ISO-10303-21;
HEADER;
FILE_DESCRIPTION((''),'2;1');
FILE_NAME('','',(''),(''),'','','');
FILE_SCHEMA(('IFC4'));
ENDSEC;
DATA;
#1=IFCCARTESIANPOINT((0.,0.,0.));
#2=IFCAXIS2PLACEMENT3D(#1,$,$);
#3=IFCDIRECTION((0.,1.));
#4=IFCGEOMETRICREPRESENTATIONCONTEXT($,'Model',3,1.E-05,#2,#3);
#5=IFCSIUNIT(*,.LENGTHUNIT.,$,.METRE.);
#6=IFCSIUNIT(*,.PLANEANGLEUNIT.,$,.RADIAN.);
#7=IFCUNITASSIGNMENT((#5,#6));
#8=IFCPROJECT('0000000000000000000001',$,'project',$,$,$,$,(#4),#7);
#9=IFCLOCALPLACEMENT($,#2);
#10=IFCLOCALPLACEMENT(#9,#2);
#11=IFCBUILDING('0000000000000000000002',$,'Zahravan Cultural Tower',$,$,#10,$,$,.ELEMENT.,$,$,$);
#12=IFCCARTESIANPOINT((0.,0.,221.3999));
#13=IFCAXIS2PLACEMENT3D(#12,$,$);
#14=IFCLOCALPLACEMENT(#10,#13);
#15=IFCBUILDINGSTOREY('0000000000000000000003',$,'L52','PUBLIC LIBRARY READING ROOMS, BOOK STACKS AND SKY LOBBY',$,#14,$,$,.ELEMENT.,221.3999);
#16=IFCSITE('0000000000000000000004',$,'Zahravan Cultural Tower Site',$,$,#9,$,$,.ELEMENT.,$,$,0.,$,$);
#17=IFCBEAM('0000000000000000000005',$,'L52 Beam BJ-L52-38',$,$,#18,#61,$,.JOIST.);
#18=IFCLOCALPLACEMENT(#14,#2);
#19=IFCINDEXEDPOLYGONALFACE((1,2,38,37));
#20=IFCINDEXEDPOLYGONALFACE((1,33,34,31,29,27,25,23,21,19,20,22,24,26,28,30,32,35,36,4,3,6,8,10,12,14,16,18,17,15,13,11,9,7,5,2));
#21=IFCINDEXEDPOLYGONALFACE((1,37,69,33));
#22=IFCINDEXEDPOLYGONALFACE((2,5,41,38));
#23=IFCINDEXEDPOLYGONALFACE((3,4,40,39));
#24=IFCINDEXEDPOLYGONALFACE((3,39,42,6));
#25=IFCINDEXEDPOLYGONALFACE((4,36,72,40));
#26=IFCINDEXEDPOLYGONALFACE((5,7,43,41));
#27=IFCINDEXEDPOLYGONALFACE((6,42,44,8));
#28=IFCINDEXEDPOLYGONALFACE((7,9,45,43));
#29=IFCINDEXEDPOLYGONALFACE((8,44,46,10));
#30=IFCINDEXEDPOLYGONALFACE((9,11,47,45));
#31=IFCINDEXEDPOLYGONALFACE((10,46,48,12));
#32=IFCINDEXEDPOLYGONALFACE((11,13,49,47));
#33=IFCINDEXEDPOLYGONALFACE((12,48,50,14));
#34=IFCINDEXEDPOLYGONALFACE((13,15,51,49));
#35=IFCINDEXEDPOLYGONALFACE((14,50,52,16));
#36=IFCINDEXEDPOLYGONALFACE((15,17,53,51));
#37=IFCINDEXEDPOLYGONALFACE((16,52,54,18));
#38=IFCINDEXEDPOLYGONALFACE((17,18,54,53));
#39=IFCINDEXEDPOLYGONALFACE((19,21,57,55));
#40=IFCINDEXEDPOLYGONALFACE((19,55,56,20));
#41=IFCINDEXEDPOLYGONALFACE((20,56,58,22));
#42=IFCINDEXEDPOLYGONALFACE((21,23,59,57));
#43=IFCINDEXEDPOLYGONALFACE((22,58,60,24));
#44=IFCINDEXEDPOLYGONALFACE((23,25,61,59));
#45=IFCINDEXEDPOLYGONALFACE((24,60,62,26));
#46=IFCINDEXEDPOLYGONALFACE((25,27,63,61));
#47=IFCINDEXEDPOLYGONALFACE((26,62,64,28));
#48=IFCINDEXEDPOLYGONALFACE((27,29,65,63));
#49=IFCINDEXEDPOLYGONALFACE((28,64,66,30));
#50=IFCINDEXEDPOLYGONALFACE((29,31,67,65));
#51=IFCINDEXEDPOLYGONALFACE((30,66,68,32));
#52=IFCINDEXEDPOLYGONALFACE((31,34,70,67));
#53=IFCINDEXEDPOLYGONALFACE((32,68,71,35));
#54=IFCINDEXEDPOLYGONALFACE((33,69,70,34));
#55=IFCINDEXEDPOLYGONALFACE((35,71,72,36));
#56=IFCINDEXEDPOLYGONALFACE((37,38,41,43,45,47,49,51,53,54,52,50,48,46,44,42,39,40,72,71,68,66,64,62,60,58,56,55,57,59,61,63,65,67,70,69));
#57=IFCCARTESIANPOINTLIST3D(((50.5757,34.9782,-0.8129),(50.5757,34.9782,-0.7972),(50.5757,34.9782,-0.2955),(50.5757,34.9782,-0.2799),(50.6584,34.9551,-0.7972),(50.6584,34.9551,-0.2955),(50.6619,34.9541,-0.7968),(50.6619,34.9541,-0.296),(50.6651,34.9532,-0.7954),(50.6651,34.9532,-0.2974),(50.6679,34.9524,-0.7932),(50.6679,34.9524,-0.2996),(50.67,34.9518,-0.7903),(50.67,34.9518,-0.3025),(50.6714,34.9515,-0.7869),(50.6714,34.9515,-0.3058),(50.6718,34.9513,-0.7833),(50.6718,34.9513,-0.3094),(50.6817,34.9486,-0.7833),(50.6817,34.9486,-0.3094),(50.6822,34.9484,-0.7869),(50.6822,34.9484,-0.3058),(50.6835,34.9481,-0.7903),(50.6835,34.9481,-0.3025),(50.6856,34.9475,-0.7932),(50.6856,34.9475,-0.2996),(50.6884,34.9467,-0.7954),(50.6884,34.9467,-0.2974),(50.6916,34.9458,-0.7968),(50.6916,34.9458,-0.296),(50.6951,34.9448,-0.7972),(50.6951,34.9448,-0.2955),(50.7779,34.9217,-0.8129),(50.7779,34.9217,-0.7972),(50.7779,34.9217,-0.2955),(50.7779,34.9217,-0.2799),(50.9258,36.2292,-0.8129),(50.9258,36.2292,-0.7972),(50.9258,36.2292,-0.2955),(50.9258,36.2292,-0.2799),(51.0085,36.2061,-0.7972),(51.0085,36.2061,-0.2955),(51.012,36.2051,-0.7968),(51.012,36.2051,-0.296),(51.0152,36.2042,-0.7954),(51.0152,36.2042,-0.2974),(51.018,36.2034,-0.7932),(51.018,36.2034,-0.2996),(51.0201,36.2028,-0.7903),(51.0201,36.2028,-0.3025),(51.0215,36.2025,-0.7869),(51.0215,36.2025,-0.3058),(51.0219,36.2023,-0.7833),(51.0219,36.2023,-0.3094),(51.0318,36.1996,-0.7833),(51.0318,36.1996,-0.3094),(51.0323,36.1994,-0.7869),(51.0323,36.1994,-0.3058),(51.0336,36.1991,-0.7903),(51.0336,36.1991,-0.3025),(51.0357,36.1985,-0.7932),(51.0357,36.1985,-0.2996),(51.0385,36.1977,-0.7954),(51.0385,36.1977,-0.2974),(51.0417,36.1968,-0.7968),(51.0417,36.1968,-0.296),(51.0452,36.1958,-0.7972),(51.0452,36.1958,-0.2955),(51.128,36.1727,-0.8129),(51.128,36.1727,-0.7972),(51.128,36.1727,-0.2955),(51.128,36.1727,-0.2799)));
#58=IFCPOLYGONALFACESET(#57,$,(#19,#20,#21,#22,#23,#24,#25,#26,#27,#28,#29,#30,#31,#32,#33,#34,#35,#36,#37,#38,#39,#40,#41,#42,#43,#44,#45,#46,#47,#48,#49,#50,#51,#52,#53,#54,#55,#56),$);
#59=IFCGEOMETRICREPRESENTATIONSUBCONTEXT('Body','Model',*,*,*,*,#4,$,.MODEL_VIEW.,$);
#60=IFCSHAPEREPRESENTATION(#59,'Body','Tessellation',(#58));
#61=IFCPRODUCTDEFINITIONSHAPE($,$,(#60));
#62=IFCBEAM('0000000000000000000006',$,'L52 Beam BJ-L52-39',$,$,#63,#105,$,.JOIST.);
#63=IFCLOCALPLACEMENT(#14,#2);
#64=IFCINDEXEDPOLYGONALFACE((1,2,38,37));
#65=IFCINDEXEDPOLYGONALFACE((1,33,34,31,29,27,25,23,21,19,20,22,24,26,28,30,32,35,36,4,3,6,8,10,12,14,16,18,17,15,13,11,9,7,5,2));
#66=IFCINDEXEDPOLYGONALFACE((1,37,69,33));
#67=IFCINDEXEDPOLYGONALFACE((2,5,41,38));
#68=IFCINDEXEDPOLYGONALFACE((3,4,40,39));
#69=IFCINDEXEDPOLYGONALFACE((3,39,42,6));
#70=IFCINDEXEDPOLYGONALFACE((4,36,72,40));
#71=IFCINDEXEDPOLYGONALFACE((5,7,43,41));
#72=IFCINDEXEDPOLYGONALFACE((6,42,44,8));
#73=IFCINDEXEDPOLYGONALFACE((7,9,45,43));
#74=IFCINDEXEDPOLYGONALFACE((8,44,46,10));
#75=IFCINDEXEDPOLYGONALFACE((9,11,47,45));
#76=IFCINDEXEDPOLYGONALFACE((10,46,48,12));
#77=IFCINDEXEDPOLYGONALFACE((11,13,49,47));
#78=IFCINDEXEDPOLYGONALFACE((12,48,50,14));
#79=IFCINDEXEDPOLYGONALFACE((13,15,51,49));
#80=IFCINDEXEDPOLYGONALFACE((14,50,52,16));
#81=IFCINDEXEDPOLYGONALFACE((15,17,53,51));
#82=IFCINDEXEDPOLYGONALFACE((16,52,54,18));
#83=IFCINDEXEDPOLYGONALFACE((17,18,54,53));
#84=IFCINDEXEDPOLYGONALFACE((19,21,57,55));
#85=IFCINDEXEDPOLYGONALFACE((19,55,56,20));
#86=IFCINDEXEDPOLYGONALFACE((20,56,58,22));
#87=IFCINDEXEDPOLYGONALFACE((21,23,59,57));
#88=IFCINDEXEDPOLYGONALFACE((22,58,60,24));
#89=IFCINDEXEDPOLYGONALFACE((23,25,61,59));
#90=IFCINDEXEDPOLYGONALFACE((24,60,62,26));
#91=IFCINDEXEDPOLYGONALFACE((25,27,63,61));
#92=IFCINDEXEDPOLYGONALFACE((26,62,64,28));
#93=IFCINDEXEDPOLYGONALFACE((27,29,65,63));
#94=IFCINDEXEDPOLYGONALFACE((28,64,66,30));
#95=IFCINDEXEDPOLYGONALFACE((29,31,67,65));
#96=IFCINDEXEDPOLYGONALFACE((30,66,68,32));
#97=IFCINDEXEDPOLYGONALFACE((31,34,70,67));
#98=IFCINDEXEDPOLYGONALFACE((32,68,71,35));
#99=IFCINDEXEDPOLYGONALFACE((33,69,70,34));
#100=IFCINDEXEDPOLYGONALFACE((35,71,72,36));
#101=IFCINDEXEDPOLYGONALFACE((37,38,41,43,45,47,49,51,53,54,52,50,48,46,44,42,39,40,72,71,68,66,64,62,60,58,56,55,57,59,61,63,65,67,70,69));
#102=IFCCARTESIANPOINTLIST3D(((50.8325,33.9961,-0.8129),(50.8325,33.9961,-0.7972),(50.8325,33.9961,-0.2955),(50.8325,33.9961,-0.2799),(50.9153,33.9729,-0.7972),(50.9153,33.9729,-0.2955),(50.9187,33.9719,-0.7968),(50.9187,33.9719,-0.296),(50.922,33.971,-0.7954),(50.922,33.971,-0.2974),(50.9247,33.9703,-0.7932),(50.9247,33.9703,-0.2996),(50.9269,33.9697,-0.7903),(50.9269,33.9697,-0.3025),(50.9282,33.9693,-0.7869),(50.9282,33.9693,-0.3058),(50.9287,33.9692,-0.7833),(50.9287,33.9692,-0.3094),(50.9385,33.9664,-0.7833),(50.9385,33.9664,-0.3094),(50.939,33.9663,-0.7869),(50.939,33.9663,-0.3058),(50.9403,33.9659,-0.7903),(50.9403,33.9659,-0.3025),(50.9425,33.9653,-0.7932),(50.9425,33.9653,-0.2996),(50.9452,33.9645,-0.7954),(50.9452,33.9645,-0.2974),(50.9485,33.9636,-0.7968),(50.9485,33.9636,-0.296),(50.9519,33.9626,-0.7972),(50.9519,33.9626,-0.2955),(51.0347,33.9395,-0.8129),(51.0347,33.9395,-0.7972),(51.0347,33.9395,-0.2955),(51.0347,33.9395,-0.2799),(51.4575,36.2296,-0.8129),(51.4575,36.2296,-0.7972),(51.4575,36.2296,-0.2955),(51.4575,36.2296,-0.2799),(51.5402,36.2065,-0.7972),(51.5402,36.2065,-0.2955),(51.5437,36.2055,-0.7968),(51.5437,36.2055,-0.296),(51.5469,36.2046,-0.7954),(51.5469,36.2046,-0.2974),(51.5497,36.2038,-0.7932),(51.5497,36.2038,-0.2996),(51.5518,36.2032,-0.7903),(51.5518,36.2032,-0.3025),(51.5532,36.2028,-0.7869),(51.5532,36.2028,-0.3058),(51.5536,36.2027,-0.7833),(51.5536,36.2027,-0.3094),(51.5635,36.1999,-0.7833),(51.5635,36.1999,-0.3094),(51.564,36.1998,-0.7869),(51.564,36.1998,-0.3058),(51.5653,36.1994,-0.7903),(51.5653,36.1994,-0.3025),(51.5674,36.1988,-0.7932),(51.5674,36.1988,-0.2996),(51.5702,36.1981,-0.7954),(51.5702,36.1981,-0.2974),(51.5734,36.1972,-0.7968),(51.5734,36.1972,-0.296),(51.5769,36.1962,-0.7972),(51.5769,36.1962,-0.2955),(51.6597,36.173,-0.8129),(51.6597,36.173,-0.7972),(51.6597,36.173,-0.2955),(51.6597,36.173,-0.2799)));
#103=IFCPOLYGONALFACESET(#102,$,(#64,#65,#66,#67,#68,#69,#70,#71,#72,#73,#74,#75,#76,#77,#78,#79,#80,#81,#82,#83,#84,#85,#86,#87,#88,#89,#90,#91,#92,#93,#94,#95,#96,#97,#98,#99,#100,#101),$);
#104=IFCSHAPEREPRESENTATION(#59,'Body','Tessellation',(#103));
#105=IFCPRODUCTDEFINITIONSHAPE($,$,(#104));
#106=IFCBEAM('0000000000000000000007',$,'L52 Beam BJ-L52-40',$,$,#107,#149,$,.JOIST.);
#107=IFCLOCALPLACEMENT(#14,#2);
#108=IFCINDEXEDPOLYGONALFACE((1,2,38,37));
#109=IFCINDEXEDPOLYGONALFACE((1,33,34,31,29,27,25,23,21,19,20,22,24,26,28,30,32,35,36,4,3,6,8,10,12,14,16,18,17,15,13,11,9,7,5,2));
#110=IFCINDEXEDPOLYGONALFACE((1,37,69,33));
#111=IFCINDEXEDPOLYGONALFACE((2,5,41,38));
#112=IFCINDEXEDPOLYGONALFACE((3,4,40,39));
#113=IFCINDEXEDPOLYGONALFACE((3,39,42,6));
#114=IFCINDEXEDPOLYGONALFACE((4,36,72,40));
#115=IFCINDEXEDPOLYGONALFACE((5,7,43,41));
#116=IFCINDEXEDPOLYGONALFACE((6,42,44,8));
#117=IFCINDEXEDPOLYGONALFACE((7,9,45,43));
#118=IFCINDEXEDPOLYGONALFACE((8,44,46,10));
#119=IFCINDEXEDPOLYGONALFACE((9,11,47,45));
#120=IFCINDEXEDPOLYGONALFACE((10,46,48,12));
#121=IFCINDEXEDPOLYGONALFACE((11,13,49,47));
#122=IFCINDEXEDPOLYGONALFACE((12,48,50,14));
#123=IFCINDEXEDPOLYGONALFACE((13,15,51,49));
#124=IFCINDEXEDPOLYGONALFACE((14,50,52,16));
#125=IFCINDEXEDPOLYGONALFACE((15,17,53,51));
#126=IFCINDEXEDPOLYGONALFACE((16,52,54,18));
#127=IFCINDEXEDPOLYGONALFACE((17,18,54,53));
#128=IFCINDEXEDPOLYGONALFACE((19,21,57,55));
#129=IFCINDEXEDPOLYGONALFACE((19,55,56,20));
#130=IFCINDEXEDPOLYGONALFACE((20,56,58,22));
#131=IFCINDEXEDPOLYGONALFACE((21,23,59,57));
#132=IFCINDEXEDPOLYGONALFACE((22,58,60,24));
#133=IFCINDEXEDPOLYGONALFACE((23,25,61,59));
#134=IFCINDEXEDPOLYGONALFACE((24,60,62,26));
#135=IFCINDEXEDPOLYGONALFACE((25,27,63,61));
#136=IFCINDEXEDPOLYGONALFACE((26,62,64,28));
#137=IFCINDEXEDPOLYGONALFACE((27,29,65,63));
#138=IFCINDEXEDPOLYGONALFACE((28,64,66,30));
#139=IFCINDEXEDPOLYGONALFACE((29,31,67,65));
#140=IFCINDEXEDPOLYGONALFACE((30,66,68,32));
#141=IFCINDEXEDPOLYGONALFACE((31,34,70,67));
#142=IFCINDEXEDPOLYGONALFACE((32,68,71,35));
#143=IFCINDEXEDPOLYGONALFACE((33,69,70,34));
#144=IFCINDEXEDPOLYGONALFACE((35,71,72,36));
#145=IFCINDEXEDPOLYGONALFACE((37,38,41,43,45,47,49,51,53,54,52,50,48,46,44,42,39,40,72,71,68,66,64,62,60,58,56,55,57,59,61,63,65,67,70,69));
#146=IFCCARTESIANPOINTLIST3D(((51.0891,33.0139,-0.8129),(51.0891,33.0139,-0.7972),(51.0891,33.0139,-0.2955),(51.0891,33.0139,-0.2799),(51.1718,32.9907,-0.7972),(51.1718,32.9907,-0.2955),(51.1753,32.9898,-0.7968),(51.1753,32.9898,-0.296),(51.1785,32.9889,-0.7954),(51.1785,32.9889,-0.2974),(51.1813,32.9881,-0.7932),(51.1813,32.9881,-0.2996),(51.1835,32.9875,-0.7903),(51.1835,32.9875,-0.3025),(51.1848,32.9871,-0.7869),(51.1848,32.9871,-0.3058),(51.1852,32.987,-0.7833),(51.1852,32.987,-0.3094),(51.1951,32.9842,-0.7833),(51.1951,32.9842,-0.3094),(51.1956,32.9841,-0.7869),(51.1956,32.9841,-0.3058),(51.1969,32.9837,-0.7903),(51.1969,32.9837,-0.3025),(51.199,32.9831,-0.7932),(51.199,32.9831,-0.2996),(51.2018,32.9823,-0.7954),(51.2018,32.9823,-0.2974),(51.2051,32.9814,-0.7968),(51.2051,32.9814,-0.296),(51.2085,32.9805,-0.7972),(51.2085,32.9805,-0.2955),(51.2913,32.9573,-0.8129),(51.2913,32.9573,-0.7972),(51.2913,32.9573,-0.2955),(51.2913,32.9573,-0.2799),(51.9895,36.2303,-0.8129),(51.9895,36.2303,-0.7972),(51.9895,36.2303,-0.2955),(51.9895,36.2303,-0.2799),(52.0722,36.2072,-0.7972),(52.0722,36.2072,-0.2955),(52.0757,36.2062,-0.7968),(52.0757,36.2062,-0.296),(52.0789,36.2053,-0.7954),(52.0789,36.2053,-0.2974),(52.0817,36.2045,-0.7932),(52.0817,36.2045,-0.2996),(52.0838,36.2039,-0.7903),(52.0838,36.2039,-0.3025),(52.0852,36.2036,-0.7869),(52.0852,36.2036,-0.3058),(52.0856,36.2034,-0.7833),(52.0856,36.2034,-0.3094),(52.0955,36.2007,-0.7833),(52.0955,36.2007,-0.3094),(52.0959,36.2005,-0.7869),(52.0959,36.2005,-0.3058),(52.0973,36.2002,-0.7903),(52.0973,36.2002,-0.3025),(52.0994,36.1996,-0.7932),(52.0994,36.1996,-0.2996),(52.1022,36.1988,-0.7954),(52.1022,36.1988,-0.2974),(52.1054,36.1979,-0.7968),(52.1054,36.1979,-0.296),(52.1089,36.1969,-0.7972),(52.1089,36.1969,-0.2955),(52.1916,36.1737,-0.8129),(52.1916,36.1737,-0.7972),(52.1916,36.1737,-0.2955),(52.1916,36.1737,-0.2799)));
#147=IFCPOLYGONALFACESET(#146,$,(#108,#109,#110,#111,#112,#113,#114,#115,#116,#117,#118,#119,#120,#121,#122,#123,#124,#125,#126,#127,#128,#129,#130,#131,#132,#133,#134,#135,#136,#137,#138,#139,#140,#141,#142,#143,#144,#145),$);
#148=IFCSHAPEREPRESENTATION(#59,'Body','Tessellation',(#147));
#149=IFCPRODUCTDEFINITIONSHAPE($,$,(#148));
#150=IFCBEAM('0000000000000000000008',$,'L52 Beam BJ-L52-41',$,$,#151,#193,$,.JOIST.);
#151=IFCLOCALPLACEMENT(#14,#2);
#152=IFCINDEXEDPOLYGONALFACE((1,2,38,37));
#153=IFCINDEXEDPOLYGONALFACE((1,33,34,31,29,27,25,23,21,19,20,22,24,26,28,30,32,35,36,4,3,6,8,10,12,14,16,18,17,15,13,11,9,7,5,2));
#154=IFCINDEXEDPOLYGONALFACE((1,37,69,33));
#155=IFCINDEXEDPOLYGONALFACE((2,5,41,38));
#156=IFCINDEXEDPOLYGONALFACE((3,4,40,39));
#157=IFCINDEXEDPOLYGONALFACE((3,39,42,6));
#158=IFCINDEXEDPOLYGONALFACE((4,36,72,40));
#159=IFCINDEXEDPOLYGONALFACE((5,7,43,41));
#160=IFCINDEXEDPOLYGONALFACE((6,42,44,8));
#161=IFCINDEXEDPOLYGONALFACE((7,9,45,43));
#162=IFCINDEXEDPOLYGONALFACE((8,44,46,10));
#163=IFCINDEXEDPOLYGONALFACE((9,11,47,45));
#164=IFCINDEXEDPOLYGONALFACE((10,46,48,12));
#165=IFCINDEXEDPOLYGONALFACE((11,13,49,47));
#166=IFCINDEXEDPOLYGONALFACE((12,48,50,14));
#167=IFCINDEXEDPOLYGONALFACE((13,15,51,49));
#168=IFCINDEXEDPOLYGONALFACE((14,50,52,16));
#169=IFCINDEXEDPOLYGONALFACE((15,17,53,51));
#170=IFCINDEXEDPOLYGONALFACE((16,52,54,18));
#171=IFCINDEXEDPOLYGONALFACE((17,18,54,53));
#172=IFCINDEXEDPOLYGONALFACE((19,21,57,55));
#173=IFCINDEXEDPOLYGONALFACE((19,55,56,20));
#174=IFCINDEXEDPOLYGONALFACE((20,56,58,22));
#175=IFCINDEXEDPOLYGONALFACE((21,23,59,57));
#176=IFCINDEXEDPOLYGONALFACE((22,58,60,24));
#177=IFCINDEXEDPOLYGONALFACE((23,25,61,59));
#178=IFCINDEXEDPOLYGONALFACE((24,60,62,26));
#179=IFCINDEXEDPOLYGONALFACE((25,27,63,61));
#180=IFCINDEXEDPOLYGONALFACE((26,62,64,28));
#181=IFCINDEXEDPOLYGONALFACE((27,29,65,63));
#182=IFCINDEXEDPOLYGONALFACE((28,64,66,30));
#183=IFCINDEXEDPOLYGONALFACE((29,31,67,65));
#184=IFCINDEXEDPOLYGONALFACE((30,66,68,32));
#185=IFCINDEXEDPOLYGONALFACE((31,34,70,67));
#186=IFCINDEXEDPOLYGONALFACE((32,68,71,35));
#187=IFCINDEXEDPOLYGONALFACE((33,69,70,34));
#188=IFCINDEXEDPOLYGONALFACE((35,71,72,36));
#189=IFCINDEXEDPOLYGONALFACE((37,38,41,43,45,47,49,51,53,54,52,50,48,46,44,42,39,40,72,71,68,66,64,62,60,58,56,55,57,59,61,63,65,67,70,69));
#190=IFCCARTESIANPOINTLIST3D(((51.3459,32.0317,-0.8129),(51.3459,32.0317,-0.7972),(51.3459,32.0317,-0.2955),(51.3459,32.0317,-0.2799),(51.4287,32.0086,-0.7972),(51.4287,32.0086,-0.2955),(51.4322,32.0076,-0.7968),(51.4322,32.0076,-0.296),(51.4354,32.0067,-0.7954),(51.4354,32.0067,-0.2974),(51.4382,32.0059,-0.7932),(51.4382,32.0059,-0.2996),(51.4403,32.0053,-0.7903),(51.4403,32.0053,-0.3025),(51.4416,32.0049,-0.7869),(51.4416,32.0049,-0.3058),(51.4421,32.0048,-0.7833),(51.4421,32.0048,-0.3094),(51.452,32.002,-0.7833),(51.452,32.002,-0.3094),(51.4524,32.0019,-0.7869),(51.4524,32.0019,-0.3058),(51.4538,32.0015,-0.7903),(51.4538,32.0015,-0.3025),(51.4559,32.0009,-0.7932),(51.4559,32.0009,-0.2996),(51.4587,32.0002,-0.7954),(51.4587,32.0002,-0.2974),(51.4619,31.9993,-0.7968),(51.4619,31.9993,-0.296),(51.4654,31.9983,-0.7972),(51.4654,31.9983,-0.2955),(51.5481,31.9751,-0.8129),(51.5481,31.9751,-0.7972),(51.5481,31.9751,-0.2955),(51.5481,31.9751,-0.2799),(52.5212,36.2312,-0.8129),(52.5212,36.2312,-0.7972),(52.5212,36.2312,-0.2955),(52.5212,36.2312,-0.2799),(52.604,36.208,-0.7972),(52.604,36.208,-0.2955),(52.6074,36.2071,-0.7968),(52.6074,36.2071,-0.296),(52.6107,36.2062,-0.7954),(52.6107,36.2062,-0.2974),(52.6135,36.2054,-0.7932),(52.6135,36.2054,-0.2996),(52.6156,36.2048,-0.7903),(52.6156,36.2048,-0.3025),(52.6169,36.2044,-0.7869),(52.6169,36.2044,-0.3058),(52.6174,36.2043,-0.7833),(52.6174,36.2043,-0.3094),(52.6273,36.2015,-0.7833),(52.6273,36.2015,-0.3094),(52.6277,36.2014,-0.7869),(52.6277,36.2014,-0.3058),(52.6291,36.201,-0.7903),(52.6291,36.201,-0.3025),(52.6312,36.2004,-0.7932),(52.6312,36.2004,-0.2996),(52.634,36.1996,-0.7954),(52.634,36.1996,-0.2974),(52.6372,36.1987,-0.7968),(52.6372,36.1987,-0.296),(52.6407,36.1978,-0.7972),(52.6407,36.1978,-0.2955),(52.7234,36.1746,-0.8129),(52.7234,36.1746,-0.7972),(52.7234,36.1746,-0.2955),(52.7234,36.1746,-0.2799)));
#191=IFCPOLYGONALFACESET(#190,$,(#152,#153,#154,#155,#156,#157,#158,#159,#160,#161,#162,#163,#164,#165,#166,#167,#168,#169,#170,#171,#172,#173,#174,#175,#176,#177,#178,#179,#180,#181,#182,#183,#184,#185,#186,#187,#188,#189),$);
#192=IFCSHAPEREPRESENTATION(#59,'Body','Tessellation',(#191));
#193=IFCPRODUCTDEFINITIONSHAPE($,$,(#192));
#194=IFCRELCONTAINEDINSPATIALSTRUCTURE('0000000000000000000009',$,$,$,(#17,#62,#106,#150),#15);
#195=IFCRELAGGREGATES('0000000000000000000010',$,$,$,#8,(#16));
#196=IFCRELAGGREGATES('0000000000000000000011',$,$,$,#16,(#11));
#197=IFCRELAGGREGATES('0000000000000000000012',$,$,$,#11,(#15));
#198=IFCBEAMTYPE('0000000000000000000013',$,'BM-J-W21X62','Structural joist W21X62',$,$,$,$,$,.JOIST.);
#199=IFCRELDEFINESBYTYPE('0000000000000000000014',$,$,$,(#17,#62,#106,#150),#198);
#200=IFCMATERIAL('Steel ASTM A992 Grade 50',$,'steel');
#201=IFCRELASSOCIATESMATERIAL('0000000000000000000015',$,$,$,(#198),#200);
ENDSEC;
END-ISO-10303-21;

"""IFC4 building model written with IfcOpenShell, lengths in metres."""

from ifc_helpers import new_model, si_unit, direction, frame, origin, origin_2d, place, context, subcontext, project, spatial, i_section, extrude, source, transform, mapped, material, material_profile, profile_set, type_object, element, save


model = new_model("IFC4")

# Units and contexts
model_context = context("Model", 3, precision=1e-05, world=origin(), true_north=direction((0.0, 1.0)))
body_context = subcontext(model_context, "Body", "Model", "MODEL_VIEW")
ifc_project = project(units=[si_unit("LENGTHUNIT", "METRE"), si_unit("PLANEANGLEUNIT", "RADIAN")], contexts=[model_context])

# Site, building, storey
site_placement = place(None, origin())
site = spatial("IfcSite", under=ifc_project, at=site_placement, Name="Zahravan Cultural Tower Site", CompositionType="ELEMENT", RefElevation=0.0)
building_placement = place(site_placement, origin())
building = spatial("IfcBuilding", under=site, at=building_placement, Name="Zahravan Cultural Tower", CompositionType="ELEMENT")
storey_placement = place(building_placement, frame((0.0, 0.0, 221.3999)))
storey = spatial("IfcBuildingStorey", under=building, at=storey_placement, Name="L52", Description="PUBLIC LIBRARY READING ROOMS, BOOK STACKS AND SKY LOBBY", CompositionType="ELEMENT", Elevation=221.3999)

# Shared definitions
ifc_material_1 = material(Name="Steel ASTM A992 Grade 50", Category="steel")

# Beams
ifc_material_profile_1 = material_profile(ifc_material_1, i_section(OverallWidth=0.21, OverallDepth=0.533, WebThickness=0.0103, FlangeThickness=0.0156, FilletRadius=0.0139, at=origin_2d()), Name="W21X62")
ifc_profile_set_1 = profile_set([ifc_material_profile_1], Name="Steel ASTM A992 Grade 50")
beam_type_1 = type_object("IfcBeamType", Name="BM-J-W21X62", Description="Structural joist W21X62", PredefinedType="JOIST", material=ifc_profile_set_1)
shared_shape_1 = source(origin(), body_context, "Body", "SweptSolid", [
    extrude(i_section(OverallWidth=0.21, OverallDepth=0.533, WebThickness=0.0103, FlangeThickness=0.0156, FilletRadius=0.0139, at=origin_2d()), origin(), (0.0, 0.0, 1.0), 1.2991),
])
beam_1_placement = place(storey_placement, frame((50.6768, 34.95, -0.5464), z_axis=(0.269504, 0.962999, 0.0), x_axis=(-0.962999, 0.269504, 0.0)))
element("IfcBeam", 1, at=beam_1_placement, inside=storey, type_object=beam_type_1, Name="L52 Beam BJ-L52-38", PredefinedType="JOIST", context=body_context, shape_type="MappedRepresentation", body=[
    mapped(shared_shape_1, transform((0.0, 0.0, 0.0), x_axis=(1.0, 0.0, 0.0), y_axis=(0.0, 1.0, 0.0), z_axis=(0.0, 0.0, 1.0), scale=1.0)),
])
shared_shape_2 = source(origin(), body_context, "Body", "SweptSolid", [
    extrude(i_section(OverallWidth=0.21, OverallDepth=0.533, WebThickness=0.0103, FlangeThickness=0.0156, FilletRadius=0.0139, at=origin_2d()), origin(), (0.0, 0.0, 1.0), 2.3193),
])
beam_2_placement = place(storey_placement, frame((50.9336, 33.9678, -0.5464), z_axis=(0.269462, 0.963011, 0.0), x_axis=(-0.963011, 0.269462, 0.0)))
element("IfcBeam", 2, at=beam_2_placement, inside=storey, type_object=beam_type_1, Name="L52 Beam BJ-L52-39", PredefinedType="JOIST", context=body_context, shape_type="MappedRepresentation", body=[
    mapped(shared_shape_2, transform((0.0, 0.0, 0.0), x_axis=(1.0, 0.0, 0.0), y_axis=(0.0, 1.0, 0.0), z_axis=(0.0, 0.0, 1.0), scale=1.0)),
])
shared_shape_3 = source(origin(), body_context, "Body", "SweptSolid", [
    extrude(i_section(OverallWidth=0.21, OverallDepth=0.533, WebThickness=0.0103, FlangeThickness=0.0156, FilletRadius=0.0139, at=origin_2d()), origin(), (0.0, 0.0, 1.0), 3.3401),
])
beam_3_placement = place(storey_placement, frame((51.1902, 32.9856, -0.5464), z_axis=(0.269562, 0.962983, 0.0), x_axis=(-0.962983, 0.269562, 0.0)))
element("IfcBeam", 3, at=beam_3_placement, inside=storey, type_object=beam_type_1, Name="L52 Beam BJ-L52-40", PredefinedType="JOIST", context=body_context, shape_type="MappedRepresentation", body=[
    mapped(shared_shape_3, transform((0.0, 0.0, 0.0), x_axis=(1.0, 0.0, 0.0), y_axis=(0.0, 1.0, 0.0), z_axis=(0.0, 0.0, 1.0), scale=1.0)),
])
shared_shape_4 = source(origin(), body_context, "Body", "SweptSolid", [
    extrude(i_section(OverallWidth=0.21, OverallDepth=0.533, WebThickness=0.0103, FlangeThickness=0.0156, FilletRadius=0.0139, at=origin_2d()), origin(), (0.0, 0.0, 1.0), 4.3608),
])
beam_4_placement = place(storey_placement, frame((51.447, 32.0034, -0.5464), z_axis=(0.269512, 0.962997, 0.0), x_axis=(-0.962997, 0.269512, 0.0)))
element("IfcBeam", 4, at=beam_4_placement, inside=storey, type_object=beam_type_1, Name="L52 Beam BJ-L52-41", PredefinedType="JOIST", context=body_context, shape_type="MappedRepresentation", body=[
    mapped(shared_shape_4, transform((0.0, 0.0, 0.0), x_axis=(1.0, 0.0, 0.0), y_axis=(0.0, 1.0, 0.0), z_axis=(0.0, 0.0, 1.0), scale=1.0)),
])

save(model, "model.ifc")
